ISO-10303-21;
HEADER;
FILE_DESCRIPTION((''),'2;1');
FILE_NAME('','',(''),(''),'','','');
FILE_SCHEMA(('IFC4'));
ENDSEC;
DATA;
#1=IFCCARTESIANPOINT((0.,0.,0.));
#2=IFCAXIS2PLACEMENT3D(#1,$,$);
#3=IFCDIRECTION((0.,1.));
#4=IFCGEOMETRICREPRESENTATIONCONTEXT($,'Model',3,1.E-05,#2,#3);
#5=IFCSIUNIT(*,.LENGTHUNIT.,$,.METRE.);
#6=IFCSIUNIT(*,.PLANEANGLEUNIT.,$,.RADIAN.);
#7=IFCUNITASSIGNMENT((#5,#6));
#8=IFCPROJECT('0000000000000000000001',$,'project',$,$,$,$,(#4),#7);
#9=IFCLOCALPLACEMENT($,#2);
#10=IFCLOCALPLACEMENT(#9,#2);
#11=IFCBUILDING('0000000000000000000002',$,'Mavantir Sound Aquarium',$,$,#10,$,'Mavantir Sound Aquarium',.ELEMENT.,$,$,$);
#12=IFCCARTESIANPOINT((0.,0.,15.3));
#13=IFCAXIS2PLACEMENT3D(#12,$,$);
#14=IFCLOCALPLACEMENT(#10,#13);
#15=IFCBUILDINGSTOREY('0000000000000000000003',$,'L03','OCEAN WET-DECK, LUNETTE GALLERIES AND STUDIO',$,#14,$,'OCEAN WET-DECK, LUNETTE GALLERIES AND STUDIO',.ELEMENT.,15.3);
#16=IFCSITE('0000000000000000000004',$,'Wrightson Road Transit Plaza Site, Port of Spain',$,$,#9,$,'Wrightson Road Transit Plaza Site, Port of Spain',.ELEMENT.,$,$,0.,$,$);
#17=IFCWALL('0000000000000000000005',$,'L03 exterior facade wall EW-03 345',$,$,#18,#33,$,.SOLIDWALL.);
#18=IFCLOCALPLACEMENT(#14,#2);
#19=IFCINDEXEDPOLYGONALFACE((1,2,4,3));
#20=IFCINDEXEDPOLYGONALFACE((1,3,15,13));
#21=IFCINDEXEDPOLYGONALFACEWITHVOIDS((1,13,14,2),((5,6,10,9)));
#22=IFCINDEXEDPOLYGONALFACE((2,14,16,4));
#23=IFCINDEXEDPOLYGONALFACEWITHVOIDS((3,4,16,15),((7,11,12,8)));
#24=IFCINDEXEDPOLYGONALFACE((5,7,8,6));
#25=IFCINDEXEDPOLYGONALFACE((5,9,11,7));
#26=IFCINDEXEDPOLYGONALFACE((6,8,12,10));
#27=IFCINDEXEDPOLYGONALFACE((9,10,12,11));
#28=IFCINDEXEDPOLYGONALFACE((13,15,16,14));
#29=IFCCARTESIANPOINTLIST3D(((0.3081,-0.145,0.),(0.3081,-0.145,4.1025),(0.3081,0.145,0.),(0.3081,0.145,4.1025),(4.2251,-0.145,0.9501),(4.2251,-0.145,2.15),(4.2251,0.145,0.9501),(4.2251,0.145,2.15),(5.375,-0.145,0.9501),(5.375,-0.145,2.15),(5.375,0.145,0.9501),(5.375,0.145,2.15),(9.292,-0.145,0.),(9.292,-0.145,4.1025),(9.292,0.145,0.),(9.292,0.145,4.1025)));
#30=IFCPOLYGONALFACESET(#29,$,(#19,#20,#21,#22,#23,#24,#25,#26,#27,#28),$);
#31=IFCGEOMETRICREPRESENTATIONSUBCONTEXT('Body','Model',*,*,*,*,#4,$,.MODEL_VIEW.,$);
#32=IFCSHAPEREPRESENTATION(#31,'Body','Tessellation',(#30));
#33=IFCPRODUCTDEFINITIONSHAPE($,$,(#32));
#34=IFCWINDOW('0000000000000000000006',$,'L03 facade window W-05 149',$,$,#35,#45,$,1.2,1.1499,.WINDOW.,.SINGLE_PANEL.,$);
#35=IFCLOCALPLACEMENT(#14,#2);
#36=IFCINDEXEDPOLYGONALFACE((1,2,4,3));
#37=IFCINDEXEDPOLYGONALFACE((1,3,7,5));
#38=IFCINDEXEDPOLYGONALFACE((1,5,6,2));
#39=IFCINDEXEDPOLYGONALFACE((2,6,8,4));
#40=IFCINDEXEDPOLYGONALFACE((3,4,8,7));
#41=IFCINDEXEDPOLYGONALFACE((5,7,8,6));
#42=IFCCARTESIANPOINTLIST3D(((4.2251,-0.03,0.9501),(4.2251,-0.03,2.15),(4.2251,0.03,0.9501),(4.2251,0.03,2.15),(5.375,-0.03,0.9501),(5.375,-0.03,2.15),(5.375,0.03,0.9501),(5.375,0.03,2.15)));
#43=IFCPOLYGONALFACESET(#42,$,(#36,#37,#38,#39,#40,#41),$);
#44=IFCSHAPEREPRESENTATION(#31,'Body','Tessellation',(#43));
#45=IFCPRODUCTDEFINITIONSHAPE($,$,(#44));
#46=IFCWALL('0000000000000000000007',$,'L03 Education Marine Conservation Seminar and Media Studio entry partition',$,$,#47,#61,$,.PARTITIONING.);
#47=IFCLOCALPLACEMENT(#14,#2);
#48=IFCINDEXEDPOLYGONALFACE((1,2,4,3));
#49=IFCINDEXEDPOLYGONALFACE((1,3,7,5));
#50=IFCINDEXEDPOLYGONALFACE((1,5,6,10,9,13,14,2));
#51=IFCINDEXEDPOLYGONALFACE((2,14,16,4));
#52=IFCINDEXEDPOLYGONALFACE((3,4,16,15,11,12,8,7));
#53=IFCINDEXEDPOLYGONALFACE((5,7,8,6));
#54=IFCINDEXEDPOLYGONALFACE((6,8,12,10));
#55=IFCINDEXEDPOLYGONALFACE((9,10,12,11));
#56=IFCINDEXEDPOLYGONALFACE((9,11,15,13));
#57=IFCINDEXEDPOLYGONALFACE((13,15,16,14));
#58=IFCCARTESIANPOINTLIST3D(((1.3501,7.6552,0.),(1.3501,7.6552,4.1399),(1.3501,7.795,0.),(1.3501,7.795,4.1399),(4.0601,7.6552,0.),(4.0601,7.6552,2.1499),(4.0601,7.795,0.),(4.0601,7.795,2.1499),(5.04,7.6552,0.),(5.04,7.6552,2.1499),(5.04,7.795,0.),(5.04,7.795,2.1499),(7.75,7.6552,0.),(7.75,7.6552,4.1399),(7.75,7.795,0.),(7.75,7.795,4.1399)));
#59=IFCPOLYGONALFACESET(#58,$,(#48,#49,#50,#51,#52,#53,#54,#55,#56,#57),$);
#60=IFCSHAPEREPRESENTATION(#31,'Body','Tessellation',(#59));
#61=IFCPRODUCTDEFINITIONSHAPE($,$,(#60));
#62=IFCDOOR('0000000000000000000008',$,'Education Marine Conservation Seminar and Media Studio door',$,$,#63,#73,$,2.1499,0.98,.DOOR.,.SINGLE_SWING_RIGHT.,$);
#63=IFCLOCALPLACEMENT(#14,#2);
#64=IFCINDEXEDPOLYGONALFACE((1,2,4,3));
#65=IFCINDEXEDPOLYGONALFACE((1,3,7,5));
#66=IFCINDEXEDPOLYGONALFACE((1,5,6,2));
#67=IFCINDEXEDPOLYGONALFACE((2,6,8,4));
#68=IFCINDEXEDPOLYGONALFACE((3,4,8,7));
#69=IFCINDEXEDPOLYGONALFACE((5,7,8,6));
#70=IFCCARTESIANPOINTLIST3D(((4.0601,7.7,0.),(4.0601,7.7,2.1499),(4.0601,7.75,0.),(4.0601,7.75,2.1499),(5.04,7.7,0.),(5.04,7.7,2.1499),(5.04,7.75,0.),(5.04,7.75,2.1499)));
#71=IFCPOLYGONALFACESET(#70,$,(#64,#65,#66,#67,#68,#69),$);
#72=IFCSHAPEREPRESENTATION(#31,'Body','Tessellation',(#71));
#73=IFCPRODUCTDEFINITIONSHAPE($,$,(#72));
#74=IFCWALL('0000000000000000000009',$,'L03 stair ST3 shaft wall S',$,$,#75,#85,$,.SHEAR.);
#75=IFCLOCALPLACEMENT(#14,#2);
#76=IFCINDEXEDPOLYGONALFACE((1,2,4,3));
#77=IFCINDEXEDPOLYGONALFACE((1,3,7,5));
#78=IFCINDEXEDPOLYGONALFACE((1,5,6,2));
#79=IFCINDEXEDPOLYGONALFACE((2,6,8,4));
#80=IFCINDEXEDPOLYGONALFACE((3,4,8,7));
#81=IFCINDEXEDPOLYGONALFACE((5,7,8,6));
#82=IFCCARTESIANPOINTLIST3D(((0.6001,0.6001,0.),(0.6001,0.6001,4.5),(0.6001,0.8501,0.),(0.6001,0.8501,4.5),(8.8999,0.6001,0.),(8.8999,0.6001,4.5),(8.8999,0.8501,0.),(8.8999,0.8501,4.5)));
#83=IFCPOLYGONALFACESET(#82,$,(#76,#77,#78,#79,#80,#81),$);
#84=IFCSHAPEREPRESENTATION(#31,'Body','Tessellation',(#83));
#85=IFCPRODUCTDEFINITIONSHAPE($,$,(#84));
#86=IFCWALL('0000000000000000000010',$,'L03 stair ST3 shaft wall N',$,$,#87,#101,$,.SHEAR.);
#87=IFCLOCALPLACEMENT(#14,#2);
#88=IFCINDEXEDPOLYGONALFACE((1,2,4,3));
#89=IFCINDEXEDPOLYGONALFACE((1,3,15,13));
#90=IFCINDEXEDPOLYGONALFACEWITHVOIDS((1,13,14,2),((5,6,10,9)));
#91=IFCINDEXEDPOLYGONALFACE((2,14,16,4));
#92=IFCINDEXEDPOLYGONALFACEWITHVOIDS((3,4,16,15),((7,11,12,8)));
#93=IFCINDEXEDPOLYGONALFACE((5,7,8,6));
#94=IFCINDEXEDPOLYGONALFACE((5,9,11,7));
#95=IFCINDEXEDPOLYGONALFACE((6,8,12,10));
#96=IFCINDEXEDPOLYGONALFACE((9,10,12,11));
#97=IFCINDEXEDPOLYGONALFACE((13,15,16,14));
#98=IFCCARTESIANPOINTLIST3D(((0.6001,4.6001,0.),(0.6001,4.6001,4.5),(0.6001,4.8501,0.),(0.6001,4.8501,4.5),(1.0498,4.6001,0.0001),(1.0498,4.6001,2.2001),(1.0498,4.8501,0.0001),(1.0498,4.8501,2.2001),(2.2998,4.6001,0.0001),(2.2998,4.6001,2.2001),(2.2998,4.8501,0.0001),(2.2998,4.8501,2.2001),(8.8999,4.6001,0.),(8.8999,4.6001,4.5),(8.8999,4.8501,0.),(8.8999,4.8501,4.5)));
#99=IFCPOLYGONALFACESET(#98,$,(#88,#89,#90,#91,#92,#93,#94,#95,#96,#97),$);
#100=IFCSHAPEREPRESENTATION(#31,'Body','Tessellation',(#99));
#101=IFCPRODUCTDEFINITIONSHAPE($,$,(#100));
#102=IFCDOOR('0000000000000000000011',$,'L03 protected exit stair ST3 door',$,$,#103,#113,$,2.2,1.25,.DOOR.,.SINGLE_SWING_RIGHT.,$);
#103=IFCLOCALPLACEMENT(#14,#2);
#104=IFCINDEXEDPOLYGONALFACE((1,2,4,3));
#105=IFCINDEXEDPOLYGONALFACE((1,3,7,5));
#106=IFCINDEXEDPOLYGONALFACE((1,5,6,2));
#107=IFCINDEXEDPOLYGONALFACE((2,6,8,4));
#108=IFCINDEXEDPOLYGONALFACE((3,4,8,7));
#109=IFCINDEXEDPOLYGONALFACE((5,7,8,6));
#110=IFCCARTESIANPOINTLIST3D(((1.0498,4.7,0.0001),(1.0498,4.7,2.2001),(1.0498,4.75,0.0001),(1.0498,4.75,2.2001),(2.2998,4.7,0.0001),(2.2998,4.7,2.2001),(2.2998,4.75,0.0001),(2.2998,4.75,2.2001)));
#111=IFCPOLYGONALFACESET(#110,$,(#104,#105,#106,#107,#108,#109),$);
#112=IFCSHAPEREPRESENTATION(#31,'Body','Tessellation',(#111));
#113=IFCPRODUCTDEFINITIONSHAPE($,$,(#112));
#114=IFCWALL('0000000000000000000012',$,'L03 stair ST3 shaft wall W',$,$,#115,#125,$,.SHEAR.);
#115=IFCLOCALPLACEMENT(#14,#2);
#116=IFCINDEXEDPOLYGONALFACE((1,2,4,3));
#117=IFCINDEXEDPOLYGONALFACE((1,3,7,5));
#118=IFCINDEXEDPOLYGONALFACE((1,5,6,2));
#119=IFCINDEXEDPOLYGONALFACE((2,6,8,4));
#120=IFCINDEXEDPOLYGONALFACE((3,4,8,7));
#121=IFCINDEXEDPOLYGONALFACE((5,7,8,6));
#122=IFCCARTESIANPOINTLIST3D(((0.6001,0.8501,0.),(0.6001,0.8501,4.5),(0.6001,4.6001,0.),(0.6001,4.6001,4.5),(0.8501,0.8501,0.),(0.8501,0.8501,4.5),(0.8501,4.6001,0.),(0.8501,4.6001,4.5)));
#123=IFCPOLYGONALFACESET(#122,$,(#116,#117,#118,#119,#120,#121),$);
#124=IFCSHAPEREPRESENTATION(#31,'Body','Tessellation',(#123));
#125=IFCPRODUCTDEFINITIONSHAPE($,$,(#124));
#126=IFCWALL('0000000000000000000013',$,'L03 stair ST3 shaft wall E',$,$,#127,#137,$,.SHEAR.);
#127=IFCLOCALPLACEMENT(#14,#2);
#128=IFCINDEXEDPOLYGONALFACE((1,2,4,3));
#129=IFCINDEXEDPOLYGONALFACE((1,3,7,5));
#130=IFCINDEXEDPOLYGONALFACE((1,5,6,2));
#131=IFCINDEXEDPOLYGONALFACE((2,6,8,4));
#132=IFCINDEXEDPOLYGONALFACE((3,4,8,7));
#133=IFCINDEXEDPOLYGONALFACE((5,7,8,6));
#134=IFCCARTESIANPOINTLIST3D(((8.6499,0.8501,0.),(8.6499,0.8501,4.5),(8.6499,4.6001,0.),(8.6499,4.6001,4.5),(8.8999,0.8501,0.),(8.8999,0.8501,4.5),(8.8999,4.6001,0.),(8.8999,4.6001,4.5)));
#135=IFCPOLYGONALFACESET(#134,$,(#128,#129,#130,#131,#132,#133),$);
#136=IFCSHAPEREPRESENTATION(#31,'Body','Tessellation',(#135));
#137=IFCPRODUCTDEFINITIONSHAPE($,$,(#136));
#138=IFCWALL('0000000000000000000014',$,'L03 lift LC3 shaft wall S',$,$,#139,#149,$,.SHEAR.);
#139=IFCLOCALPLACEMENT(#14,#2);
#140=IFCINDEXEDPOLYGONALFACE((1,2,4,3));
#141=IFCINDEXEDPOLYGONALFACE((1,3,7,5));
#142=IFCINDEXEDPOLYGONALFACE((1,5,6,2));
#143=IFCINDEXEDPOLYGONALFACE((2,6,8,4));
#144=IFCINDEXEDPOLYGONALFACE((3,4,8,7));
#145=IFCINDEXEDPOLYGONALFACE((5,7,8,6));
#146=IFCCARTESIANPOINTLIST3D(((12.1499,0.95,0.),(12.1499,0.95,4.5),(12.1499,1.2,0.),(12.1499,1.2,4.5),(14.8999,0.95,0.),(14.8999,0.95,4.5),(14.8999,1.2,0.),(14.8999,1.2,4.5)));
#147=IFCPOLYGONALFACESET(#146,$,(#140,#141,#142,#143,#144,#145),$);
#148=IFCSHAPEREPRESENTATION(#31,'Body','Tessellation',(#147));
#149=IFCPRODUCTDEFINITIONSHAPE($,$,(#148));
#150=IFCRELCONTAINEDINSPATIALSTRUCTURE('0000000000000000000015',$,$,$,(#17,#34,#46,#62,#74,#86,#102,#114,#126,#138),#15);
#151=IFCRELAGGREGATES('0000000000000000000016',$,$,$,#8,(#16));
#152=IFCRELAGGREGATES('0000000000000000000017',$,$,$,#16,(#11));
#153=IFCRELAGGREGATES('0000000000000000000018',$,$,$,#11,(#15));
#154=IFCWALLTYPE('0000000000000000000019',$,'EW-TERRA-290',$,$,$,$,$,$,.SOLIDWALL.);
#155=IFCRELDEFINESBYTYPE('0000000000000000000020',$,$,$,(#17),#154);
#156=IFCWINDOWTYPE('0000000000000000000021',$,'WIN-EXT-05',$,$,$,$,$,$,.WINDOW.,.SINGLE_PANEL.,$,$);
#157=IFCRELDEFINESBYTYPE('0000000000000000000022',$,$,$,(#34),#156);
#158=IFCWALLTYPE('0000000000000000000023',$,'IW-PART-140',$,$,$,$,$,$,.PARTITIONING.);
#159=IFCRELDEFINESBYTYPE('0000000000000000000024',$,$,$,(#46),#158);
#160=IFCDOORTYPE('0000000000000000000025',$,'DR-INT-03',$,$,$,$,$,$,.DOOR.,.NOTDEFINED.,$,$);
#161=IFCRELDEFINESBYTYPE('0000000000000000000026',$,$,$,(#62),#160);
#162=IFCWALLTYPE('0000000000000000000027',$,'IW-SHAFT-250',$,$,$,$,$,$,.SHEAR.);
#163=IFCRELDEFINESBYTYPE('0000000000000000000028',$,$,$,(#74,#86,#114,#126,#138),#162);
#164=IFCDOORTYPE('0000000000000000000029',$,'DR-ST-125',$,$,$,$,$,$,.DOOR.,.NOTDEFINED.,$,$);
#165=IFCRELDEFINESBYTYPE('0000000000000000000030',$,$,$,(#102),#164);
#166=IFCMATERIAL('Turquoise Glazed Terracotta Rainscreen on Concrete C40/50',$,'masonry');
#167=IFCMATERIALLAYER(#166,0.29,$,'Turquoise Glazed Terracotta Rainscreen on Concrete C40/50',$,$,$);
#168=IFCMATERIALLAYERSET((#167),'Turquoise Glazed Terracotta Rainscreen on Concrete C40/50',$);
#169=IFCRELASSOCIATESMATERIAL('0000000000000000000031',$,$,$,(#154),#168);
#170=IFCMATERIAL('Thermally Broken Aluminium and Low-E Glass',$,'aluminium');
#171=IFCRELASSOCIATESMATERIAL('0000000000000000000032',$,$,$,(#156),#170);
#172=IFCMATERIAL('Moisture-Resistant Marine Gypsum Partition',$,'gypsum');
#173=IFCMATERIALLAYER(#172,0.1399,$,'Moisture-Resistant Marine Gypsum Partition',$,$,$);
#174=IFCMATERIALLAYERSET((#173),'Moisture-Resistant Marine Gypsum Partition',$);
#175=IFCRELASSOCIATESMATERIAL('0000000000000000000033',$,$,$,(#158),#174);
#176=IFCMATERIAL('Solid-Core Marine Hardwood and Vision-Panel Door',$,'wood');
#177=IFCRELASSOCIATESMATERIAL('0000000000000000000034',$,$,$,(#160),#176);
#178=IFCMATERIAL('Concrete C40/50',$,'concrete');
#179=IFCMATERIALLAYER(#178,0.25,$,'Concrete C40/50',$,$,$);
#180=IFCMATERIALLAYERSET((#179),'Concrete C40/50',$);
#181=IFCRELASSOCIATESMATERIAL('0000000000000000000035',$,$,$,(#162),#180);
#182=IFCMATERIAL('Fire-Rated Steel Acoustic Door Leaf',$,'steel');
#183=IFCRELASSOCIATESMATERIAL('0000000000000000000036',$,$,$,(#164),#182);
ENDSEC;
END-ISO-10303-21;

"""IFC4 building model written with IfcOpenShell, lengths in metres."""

from ifc_helpers import new_model, si_unit, direction, frame, frame_2d, origin, place, context, subcontext, project, spatial, rectangle, extrude, material, layer, layer_set, type_object, element, fill, save


model = new_model("IFC4")

# Units and contexts
model_context = context("Model", 3, precision=1e-05, world=origin(), true_north=direction((0.0, 1.0)))
body_context = subcontext(model_context, "Body", "Model", "MODEL_VIEW")
ifc_project = project(units=[si_unit("LENGTHUNIT", "METRE"), si_unit("PLANEANGLEUNIT", "RADIAN")], contexts=[model_context])

# Site, building, storey
site_placement = place(None, origin())
site = spatial("IfcSite", under=ifc_project, at=site_placement, Name="Wrightson Road Transit Plaza Site, Port of Spain", LongName="Wrightson Road Transit Plaza Site, Port of Spain", CompositionType="ELEMENT", RefElevation=0.0)
building_placement = place(site_placement, origin())
building = spatial("IfcBuilding", under=site, at=building_placement, Name="Mavantir Sound Aquarium", LongName="Mavantir Sound Aquarium", CompositionType="ELEMENT")
storey_placement = place(building_placement, frame((0.0, 0.0, 15.3)))
storey = spatial("IfcBuildingStorey", under=building, at=storey_placement, Name="L03", Description="OCEAN WET-DECK, LUNETTE GALLERIES AND STUDIO", LongName="OCEAN WET-DECK, LUNETTE GALLERIES AND STUDIO", CompositionType="ELEMENT", Elevation=15.3)

# Shared definitions
ifc_material_1 = material(Name="Concrete C40/50", Category="concrete")

# Wall, opening, window
ifc_material_2 = material(Name="Thermally Broken Aluminium and Low-E Glass", Category="aluminium")
ifc_material_3 = material(Name="Turquoise Glazed Terracotta Rainscreen on Concrete C40/50", Category="masonry")
ifc_layer_1 = layer(ifc_material_3, 0.29, Name="Turquoise Glazed Terracotta Rainscreen on Concrete C40/50")
ifc_layer_set_1 = layer_set([ifc_layer_1], Name="Turquoise Glazed Terracotta Rainscreen on Concrete C40/50")
wall_type_1 = type_object("IfcWallType", Name="EW-TERRA-290", PredefinedType="SOLIDWALL", material=ifc_layer_set_1)
wall_1_placement = place(storey_placement, frame((0.3081, 0.0, 0.0), z_axis=(0.0, 0.0, 1.0), x_axis=(1.0, 0.0, 0.0)))
wall_1 = element("IfcWall", 1, at=wall_1_placement, inside=storey, type_object=wall_type_1, Name="L03 exterior facade wall EW-03 345", PredefinedType="SOLIDWALL", context=body_context, shape_type="SweptSolid", body=[
    extrude(rectangle(XDim=8.9839, YDim=0.29, at=frame_2d((4.4919, 0.0))), origin(), (0.0, 0.0, 1.0), 4.1025),
])
opening_1_placement = place(wall_1_placement, frame((3.917, 0.0, 0.95)))
opening_1 = element("IfcOpeningElement", 2, at=opening_1_placement, cuts=wall_1, PredefinedType="OPENING", context=body_context, shape_type="SweptSolid", body=[
    extrude(rectangle(XDim=1.1499, YDim=1.2, at=frame_2d((0.575, 0.6001))), frame((0.0, 0.155, 0.0), z_axis=(0.0, -1.0, 0.0), x_axis=(1.0, 0.0, 0.0)), (0.0, 0.0, 1.0), 0.3101),
])
window_type_1 = type_object("IfcWindowType", Name="WIN-EXT-05", PartitioningType="SINGLE_PANEL", PredefinedType="WINDOW", material=ifc_material_2)
window_1_placement = place(opening_1_placement, origin())
window_1 = element("IfcWindow", 3, at=window_1_placement, inside=storey, type_object=window_type_1, Name="L03 facade window W-05 149", OverallHeight=1.2, OverallWidth=1.1499, PartitioningType="SINGLE_PANEL", PredefinedType="WINDOW", context=body_context, shape_type="SweptSolid", body=[
    extrude(rectangle(XDim=1.1499, YDim=1.2, at=frame_2d((0.575, 0.6001))), frame((0.0, 0.03, 0.0), z_axis=(0.0, -1.0, 0.0), x_axis=(1.0, 0.0, 0.0)), (0.0, 0.0, 1.0), 0.0601),
])
fill(opening_1, window_1)

# Wall, opening, door
ifc_material_4 = material(Name="Moisture-Resistant Marine Gypsum Partition", Category="gypsum")
ifc_layer_2 = layer(ifc_material_4, 0.1399, Name="Moisture-Resistant Marine Gypsum Partition")
ifc_layer_set_2 = layer_set([ifc_layer_2], Name="Moisture-Resistant Marine Gypsum Partition")
wall_type_2 = type_object("IfcWallType", Name="IW-PART-140", PredefinedType="PARTITIONING", material=ifc_layer_set_2)
wall_2_placement = place(storey_placement, frame((1.3501, 7.7251, 0.0), z_axis=(0.0, 0.0, 1.0), x_axis=(1.0, 0.0, 0.0)))
wall_2 = element("IfcWall", 4, at=wall_2_placement, inside=storey, type_object=wall_type_2, Name="L03 Education Marine Conservation Seminar and Media Studio entry partition", PredefinedType="PARTITIONING", context=body_context, shape_type="SweptSolid", body=[
    extrude(rectangle(XDim=6.3999, YDim=0.1399, at=frame_2d((3.2, 0.0))), origin(), (0.0, 0.0, 1.0), 4.1399),
])
opening_2_placement = place(wall_2_placement, frame((2.71, 0.0, 0.0)))
opening_2 = element("IfcOpeningElement", 5, at=opening_2_placement, cuts=wall_2, PredefinedType="OPENING", context=body_context, shape_type="SweptSolid", body=[
    extrude(rectangle(XDim=0.98, YDim=2.1499, at=frame_2d((0.49, 1.075))), frame((0.0, 0.0801, 0.0), z_axis=(0.0, -1.0, 0.0), x_axis=(1.0, 0.0, 0.0)), (0.0, 0.0, 1.0), 0.1599),
])
ifc_material_5 = material(Name="Solid-Core Marine Hardwood and Vision-Panel Door", Category="wood")
door_type_1 = type_object("IfcDoorType", Name="DR-INT-03", OperationType="NOTDEFINED", PredefinedType="DOOR", material=ifc_material_5)
door_1_placement = place(opening_2_placement, origin())
door_1 = element("IfcDoor", 6, at=door_1_placement, inside=storey, type_object=door_type_1, Name="Education Marine Conservation Seminar and Media Studio door", OperationType="SINGLE_SWING_RIGHT", OverallHeight=2.1499, OverallWidth=0.98, PredefinedType="DOOR", context=body_context, shape_type="SweptSolid", body=[
    extrude(rectangle(XDim=0.98, YDim=2.1499, at=frame_2d((0.49, 1.075))), frame((0.0, 0.0249, 0.0), z_axis=(0.0, -1.0, 0.0), x_axis=(1.0, 0.0, 0.0)), (0.0, 0.0, 1.0), 0.05),
])
fill(opening_2, door_1)

# Wall
ifc_layer_3 = layer(ifc_material_1, 0.25, Name="Concrete C40/50")
ifc_layer_set_3 = layer_set([ifc_layer_3], Name="Concrete C40/50")
wall_type_3 = type_object("IfcWallType", Name="IW-SHAFT-250", PredefinedType="SHEAR", material=ifc_layer_set_3)
wall_3_placement = place(storey_placement, frame((0.6001, 0.7251, 0.0), z_axis=(0.0, 0.0, 1.0), x_axis=(1.0, 0.0, 0.0)))
element("IfcWall", 7, at=wall_3_placement, inside=storey, type_object=wall_type_3, Name="L03 stair ST3 shaft wall S", PredefinedType="SHEAR", context=body_context, shape_type="SweptSolid", body=[
    extrude(rectangle(XDim=8.2998, YDim=0.25, at=frame_2d((4.1499, 0.0))), origin(), (0.0, 0.0, 1.0), 4.5),
])

# Wall, opening, door
wall_4_placement = place(storey_placement, frame((8.8999, 4.7251, 0.0), z_axis=(0.0, 0.0, 1.0), x_axis=(-1.0, 0.0, 0.0)))
wall_4 = element("IfcWall", 8, at=wall_4_placement, inside=storey, type_object=wall_type_3, Name="L03 stair ST3 shaft wall N", PredefinedType="SHEAR", context=body_context, shape_type="SweptSolid", body=[
    extrude(rectangle(XDim=8.2998, YDim=0.25, at=frame_2d((4.1499, 0.0))), origin(), (0.0, 0.0, 1.0), 4.5),
])
opening_3_placement = place(wall_4_placement, frame((7.8501, 0.0, 0.0), z_axis=(0.0, 0.0, 1.0), x_axis=(-1.0, 0.0, 0.0)))
opening_3 = element("IfcOpeningElement", 9, at=opening_3_placement, cuts=wall_4, PredefinedType="OPENING", context=body_context, shape_type="SweptSolid", body=[
    extrude(rectangle(XDim=1.25, YDim=2.2, at=frame_2d((0.625, 1.1001))), frame((0.0, 0.135, 0.0), z_axis=(0.0, -1.0, 0.0), x_axis=(1.0, 0.0, 0.0)), (0.0, 0.0, 1.0), 0.27),
])
ifc_material_6 = material(Name="Fire-Rated Steel Acoustic Door Leaf", Category="steel")
door_type_2 = type_object("IfcDoorType", Name="DR-ST-125", OperationType="NOTDEFINED", PredefinedType="DOOR", material=ifc_material_6)
door_2_placement = place(opening_3_placement, origin())
door_2 = element("IfcDoor", 10, at=door_2_placement, inside=storey, type_object=door_type_2, Name="L03 protected exit stair ST3 door", OperationType="SINGLE_SWING_RIGHT", OverallHeight=2.2, OverallWidth=1.25, PredefinedType="DOOR", context=body_context, shape_type="SweptSolid", body=[
    extrude(rectangle(XDim=1.25, YDim=2.2, at=frame_2d((0.625, 1.1001))), frame((0.0, 0.0249, 0.0), z_axis=(0.0, -1.0, 0.0), x_axis=(1.0, 0.0, 0.0)), (0.0, 0.0, 1.0), 0.05),
])
fill(opening_3, door_2)

# Walls
for number, where, z_axis, x_axis, name in (
    (11, (0.7251, 4.6001, 0.0), (0.0, 0.0, 1.0), (0.0, -1.0, 0.0), "L03 stair ST3 shaft wall W"),
    (12, (8.7749, 0.8501, 0.0), (0.0, 0.0, 1.0), (0.0, 1.0, 0.0), "L03 stair ST3 shaft wall E"),
):
    element("IfcWall", number, at=place(storey_placement, frame(where, z_axis=z_axis, x_axis=x_axis)), inside=storey, type_object=wall_type_3, Name=name, PredefinedType="SHEAR", context=body_context, shape_type="SweptSolid", body=[
        extrude(rectangle(XDim=3.75, YDim=0.25, at=frame_2d((1.875, 0.0))), origin(), (0.0, 0.0, 1.0), 4.5),
    ])
wall_5_placement = place(storey_placement, frame((12.1499, 1.075, 0.0), z_axis=(0.0, 0.0, 1.0), x_axis=(1.0, 0.0, 0.0)))
element("IfcWall", 13, at=wall_5_placement, inside=storey, type_object=wall_type_3, Name="L03 lift LC3 shaft wall S", PredefinedType="SHEAR", context=body_context, shape_type="SweptSolid", body=[
    extrude(rectangle(XDim=2.75, YDim=0.25, at=frame_2d((1.375, 0.0))), origin(), (0.0, 0.0, 1.0), 4.5),
])

save(model, "model.ifc")
